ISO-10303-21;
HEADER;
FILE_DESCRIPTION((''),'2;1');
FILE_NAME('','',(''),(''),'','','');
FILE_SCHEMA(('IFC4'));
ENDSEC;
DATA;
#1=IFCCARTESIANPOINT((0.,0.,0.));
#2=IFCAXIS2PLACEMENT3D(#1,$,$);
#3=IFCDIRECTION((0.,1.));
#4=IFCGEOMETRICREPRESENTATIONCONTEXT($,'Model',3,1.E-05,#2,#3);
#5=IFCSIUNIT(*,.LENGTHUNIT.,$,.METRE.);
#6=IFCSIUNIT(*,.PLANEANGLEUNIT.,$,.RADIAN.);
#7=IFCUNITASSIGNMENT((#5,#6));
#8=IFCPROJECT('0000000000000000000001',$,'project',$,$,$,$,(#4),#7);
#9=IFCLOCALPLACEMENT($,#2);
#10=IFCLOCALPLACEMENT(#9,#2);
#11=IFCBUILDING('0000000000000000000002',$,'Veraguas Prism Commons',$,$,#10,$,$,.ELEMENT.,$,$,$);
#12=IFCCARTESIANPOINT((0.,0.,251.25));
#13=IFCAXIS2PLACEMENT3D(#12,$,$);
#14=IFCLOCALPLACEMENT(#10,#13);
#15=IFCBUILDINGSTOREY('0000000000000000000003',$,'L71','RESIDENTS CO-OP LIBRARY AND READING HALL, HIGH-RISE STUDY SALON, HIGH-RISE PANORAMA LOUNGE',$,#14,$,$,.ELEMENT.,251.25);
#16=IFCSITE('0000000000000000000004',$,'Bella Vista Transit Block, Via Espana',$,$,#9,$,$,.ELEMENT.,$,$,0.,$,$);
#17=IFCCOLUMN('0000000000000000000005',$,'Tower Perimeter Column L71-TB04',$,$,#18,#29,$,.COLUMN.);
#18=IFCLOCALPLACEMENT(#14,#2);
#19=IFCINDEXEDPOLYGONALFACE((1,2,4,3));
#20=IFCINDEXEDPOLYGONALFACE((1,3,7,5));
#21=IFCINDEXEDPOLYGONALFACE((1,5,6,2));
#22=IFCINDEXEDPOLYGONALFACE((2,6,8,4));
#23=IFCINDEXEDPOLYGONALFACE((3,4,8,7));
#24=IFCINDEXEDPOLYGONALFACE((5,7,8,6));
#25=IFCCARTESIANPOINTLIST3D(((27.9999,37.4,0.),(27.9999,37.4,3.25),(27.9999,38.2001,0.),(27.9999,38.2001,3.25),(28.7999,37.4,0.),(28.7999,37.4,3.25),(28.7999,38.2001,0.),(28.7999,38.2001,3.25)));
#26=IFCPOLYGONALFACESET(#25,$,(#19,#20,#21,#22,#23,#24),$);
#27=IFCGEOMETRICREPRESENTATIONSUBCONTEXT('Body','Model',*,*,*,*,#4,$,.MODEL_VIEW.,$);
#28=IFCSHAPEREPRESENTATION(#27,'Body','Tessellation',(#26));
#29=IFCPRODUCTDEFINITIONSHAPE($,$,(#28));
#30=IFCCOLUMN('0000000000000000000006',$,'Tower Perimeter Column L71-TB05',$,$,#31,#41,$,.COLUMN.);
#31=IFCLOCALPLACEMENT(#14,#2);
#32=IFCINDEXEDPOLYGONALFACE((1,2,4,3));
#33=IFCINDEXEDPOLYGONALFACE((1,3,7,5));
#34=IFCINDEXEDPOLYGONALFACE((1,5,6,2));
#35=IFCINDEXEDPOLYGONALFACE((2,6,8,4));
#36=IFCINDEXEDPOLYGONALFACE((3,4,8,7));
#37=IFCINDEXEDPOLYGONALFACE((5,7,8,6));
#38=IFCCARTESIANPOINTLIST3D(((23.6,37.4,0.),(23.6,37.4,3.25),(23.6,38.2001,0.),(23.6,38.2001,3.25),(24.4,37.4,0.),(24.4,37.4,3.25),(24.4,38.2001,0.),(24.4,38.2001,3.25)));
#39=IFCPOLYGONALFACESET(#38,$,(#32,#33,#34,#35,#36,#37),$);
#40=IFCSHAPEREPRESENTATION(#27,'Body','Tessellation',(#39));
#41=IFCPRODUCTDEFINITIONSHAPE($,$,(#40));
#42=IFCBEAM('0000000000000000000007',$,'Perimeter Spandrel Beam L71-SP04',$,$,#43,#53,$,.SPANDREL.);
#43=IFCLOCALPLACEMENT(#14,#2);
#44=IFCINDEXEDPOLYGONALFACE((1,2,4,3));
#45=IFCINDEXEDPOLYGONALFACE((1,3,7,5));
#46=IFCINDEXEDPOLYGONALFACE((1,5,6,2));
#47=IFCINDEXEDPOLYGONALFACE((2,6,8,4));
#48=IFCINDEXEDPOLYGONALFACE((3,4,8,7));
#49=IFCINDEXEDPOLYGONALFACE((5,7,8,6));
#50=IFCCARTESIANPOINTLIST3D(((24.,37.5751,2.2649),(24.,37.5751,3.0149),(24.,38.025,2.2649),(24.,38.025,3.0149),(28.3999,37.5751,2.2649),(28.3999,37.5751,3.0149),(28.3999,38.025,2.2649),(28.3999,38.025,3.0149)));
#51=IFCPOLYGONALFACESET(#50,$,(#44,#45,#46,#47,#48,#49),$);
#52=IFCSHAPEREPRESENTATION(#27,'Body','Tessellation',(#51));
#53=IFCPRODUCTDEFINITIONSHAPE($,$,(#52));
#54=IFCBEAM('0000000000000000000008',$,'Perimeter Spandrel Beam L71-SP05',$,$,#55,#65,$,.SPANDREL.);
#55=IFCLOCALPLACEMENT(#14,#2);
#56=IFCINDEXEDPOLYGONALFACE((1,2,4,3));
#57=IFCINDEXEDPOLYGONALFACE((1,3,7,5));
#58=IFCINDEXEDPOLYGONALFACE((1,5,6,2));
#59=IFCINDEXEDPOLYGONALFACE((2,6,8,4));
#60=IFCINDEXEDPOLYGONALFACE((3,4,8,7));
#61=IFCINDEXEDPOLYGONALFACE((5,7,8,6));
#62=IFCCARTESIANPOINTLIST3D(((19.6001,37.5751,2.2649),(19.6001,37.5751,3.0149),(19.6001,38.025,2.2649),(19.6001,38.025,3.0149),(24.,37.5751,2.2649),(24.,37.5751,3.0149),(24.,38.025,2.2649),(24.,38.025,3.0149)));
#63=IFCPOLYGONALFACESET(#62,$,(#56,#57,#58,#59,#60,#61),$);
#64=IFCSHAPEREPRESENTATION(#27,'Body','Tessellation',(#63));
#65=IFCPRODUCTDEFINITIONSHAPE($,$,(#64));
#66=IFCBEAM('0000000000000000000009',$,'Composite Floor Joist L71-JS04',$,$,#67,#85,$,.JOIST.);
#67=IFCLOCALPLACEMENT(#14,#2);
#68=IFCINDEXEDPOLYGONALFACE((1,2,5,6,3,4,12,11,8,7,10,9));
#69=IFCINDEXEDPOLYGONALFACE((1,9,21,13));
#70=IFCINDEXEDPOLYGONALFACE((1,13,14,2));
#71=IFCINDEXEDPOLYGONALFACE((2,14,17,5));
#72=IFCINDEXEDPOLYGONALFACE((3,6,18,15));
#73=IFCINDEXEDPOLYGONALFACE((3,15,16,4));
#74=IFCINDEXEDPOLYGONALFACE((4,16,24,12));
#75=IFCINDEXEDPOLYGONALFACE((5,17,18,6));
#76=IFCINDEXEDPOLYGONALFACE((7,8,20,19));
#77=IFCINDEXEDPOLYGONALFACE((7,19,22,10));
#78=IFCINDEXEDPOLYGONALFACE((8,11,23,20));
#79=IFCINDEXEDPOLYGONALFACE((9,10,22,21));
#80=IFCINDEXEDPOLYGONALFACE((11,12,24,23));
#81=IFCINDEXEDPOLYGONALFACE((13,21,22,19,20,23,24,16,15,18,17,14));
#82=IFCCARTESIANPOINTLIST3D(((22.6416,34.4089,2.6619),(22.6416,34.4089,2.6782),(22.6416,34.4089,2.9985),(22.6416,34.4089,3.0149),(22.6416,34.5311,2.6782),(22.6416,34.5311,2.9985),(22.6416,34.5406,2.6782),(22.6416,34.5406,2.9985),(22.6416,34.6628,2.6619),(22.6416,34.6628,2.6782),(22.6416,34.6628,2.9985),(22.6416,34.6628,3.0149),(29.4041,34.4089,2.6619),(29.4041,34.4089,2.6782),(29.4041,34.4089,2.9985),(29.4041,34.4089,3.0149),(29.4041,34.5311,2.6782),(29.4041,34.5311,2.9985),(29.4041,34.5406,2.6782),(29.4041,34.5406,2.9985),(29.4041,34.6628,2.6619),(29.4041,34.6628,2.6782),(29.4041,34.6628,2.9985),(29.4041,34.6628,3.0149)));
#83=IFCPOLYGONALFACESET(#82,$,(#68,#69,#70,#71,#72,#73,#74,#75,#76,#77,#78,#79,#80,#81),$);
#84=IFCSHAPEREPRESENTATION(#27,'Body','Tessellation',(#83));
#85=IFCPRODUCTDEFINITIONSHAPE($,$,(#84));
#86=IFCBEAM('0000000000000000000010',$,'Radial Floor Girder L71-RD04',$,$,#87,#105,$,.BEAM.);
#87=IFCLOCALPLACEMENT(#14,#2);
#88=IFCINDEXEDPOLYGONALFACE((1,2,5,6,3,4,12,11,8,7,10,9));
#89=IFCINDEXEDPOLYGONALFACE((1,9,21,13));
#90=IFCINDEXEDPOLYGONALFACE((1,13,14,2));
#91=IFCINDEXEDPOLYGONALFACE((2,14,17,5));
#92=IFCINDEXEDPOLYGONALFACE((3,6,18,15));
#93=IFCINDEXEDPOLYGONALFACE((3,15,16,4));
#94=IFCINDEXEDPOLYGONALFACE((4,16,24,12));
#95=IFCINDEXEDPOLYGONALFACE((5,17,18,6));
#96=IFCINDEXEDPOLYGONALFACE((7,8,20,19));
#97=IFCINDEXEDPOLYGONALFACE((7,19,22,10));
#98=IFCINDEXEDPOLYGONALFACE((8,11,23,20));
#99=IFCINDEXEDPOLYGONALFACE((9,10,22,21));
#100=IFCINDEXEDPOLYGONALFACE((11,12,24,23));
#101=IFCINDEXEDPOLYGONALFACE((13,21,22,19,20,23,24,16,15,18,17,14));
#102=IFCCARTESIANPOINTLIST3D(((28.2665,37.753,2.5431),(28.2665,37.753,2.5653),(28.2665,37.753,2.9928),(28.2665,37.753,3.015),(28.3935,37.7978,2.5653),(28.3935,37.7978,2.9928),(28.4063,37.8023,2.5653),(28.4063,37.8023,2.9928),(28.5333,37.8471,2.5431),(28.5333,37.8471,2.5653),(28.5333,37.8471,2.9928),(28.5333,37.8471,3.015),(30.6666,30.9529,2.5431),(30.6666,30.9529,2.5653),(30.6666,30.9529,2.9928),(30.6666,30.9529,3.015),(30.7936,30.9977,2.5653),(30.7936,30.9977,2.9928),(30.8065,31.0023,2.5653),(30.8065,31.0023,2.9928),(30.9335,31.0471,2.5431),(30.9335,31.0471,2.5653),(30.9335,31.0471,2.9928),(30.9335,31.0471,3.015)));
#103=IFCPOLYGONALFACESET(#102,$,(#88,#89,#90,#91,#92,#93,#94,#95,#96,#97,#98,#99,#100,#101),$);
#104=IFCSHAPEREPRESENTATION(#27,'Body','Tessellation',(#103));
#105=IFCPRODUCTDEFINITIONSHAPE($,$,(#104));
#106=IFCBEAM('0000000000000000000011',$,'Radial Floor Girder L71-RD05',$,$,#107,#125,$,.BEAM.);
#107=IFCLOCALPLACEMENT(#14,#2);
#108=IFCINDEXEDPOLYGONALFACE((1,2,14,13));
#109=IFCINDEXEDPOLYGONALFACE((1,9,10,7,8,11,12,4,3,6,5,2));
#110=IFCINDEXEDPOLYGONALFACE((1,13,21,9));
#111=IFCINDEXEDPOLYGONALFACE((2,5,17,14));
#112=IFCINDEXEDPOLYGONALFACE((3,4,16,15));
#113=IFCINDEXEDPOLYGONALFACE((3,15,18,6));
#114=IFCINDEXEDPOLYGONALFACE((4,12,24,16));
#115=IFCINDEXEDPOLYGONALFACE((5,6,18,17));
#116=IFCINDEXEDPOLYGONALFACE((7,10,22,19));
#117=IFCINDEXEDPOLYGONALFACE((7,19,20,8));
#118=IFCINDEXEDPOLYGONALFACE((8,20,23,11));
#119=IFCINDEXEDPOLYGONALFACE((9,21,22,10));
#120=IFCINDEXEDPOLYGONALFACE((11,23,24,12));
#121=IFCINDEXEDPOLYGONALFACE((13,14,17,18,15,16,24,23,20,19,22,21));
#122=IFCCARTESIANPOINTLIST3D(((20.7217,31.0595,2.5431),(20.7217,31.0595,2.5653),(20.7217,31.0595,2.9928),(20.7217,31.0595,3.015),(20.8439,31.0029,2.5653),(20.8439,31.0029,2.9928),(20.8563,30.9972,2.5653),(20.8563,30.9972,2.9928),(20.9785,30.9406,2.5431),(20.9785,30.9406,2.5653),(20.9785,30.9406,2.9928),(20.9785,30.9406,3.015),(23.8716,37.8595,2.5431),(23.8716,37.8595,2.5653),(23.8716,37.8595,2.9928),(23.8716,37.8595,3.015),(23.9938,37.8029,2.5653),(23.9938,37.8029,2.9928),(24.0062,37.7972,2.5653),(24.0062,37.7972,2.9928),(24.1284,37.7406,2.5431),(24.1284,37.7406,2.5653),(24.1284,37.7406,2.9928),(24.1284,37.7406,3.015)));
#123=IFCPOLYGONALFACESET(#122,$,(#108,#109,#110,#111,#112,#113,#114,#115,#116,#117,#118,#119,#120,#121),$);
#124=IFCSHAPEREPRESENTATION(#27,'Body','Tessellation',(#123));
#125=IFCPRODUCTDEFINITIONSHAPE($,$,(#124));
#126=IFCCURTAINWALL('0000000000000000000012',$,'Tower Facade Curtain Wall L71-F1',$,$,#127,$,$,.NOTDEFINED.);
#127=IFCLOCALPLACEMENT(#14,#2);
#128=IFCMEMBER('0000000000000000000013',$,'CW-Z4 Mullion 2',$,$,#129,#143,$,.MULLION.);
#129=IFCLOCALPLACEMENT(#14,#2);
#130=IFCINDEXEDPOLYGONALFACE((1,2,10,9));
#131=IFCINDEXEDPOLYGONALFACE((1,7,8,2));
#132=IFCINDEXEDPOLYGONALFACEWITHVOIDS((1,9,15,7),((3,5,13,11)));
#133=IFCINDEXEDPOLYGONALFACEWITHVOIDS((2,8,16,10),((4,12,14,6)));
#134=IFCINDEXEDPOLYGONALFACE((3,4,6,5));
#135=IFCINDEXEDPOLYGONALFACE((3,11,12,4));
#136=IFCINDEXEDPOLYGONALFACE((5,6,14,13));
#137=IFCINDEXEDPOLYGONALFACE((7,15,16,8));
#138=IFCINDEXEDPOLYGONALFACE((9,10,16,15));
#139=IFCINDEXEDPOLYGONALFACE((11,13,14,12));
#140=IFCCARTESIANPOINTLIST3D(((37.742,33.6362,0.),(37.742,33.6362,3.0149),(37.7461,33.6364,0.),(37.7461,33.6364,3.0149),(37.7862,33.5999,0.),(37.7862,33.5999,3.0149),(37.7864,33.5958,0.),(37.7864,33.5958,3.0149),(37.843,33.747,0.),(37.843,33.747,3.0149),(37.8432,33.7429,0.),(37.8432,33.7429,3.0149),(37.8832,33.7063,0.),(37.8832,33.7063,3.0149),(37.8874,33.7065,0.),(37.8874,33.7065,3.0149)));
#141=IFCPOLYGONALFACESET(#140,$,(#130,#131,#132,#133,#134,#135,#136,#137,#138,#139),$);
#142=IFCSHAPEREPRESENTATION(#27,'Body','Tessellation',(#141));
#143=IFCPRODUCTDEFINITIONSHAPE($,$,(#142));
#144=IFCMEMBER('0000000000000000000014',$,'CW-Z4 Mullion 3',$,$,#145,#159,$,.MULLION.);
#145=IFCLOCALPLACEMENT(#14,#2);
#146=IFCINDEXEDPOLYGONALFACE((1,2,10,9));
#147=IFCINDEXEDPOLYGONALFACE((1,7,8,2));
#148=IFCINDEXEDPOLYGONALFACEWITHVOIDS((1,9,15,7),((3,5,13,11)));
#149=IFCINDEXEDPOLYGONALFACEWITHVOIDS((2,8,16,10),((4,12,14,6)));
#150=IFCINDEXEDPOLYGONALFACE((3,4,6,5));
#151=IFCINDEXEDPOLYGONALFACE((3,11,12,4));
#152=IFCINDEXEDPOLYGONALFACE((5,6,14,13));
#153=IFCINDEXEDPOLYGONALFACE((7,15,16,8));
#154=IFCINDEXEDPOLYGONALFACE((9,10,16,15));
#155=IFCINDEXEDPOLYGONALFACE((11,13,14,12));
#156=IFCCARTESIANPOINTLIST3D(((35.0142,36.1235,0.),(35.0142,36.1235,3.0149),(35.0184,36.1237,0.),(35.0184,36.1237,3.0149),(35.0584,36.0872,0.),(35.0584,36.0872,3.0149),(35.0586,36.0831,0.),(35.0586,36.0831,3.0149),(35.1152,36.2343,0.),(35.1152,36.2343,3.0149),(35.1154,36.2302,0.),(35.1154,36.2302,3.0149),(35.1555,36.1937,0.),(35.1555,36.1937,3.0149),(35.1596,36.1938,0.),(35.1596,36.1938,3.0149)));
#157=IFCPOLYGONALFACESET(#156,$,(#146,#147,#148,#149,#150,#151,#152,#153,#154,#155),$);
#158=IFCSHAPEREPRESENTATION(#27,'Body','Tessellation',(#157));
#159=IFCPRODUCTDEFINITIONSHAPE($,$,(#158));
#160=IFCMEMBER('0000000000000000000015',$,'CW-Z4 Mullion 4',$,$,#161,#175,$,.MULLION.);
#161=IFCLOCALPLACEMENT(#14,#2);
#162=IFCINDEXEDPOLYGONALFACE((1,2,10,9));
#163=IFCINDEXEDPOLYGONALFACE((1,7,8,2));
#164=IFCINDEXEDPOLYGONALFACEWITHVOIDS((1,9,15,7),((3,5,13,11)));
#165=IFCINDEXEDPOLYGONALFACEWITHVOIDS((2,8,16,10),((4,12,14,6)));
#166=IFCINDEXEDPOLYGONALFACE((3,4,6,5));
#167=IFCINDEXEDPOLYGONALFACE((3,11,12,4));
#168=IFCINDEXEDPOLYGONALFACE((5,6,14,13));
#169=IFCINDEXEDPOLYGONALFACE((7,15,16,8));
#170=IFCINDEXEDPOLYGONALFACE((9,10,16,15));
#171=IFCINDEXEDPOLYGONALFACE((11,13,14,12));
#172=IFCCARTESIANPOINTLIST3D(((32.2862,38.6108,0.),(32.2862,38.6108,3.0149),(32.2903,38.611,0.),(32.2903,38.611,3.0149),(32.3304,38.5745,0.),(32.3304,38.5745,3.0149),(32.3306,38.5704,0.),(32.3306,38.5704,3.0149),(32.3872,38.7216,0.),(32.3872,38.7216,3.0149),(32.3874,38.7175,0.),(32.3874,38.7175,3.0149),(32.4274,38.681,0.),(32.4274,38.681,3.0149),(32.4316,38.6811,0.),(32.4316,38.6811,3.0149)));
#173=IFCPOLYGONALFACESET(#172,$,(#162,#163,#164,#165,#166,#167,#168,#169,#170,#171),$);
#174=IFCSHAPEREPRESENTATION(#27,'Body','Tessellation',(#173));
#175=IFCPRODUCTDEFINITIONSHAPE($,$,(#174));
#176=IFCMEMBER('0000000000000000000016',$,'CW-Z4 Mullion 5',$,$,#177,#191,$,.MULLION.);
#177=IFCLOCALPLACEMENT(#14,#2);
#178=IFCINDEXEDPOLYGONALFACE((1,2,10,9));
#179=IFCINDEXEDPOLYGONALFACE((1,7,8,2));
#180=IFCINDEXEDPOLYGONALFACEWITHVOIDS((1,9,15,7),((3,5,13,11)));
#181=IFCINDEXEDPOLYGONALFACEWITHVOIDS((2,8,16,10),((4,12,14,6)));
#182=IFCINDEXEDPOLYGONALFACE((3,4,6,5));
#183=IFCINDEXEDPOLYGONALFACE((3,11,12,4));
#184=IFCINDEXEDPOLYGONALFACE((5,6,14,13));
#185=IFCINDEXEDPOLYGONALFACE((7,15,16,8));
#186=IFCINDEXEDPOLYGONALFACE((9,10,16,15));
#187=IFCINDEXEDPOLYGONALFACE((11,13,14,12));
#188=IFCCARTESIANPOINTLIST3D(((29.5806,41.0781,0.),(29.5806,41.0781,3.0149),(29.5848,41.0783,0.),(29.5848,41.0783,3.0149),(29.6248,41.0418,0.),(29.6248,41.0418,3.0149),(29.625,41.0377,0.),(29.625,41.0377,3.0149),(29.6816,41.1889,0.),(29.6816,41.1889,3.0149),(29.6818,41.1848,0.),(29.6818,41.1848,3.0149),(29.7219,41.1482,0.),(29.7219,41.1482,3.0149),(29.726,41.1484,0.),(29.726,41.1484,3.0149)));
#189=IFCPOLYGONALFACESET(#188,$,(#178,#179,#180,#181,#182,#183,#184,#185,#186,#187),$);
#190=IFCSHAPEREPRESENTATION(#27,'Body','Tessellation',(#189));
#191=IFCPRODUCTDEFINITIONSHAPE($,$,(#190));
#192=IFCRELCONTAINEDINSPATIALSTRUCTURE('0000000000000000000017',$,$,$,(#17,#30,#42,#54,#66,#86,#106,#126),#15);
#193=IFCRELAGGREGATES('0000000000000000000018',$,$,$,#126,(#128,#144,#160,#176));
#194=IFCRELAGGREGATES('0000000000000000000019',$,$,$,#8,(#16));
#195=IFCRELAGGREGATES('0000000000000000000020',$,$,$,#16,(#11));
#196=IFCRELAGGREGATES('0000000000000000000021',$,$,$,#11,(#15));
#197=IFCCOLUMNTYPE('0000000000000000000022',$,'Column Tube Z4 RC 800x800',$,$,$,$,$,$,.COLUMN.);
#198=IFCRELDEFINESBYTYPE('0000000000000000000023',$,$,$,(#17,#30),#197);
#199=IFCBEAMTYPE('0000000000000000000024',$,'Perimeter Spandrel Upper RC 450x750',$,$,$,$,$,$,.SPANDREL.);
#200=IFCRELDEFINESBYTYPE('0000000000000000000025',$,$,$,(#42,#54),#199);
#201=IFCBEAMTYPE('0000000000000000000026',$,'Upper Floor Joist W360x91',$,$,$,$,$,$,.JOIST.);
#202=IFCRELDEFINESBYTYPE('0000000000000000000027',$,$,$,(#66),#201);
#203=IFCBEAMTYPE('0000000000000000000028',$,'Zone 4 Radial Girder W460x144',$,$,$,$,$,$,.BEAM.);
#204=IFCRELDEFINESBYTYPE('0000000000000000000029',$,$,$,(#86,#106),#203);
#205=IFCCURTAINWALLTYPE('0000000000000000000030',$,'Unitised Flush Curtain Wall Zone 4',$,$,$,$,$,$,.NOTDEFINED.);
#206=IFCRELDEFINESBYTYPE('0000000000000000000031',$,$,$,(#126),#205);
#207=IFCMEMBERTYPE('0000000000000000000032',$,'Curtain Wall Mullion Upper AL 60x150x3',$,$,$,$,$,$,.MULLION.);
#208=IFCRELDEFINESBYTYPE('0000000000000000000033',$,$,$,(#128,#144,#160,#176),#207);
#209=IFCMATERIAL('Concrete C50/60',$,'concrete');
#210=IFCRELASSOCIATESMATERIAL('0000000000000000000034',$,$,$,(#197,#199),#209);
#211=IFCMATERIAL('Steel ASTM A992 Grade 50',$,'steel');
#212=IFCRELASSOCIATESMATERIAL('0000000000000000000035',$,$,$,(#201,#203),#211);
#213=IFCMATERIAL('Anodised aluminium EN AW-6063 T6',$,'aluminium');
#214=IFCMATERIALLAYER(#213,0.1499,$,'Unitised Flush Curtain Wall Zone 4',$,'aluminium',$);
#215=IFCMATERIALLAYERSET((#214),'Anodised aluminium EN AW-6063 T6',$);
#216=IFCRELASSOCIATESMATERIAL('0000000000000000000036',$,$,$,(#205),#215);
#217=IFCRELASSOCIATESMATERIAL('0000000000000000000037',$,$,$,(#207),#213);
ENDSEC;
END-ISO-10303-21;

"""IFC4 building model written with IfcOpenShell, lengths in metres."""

from ifc_helpers import new_model, si_unit, direction, frame, origin, origin_2d, place, context, subcontext, project, spatial, rectangle, hollow_rectangle, i_section, extrude, source, transform, mapped, material, layer, layer_set, material_profile, profile_set, type_object, element, aggregate, save


model = new_model("IFC4")

# Units and contexts
model_context = context("Model", 3, precision=1e-05, world=origin(), true_north=direction((0.0, 1.0)))
body_context = subcontext(model_context, "Body", "Model", "MODEL_VIEW")
ifc_project = project(units=[si_unit("LENGTHUNIT", "METRE"), si_unit("PLANEANGLEUNIT", "RADIAN")], contexts=[model_context])

# Site, building, storey
site_placement = place(None, origin())
site = spatial("IfcSite", under=ifc_project, at=site_placement, Name="Bella Vista Transit Block, Via Espana", CompositionType="ELEMENT", RefElevation=0.0)
building_placement = place(site_placement, origin())
building = spatial("IfcBuilding", under=site, at=building_placement, Name="Veraguas Prism Commons", CompositionType="ELEMENT")
storey_placement = place(building_placement, frame((0.0, 0.0, 251.25)))
storey = spatial("IfcBuildingStorey", under=building, at=storey_placement, Name="L71", Description="RESIDENTS CO-OP LIBRARY AND READING HALL, HIGH-RISE STUDY SALON, HIGH-RISE PANORAMA LOUNGE", CompositionType="ELEMENT", Elevation=251.25)

# Columns
ifc_material_1 = material(Name="Concrete C50/60", Category="concrete")
ifc_material_profile_1 = material_profile(ifc_material_1, rectangle(XDim=0.8, YDim=0.8, at=origin_2d()), Name="RC800X800")
ifc_profile_set_1 = profile_set([ifc_material_profile_1], Name="Concrete C50/60")
column_type = type_object("IfcColumnType", Name="Column Tube Z4 RC 800x800", PredefinedType="COLUMN", material=ifc_profile_set_1)
for number, where, z_axis, x_axis, name in (
    (1, (28.3999, 37.8, 0.0), (0.0, 0.0, 1.0), (1.0, 0.0, 0.0), "Tower Perimeter Column L71-TB04"),
    (2, (24.0, 37.8, 0.0), (0.0, 0.0, 1.0), (1.0, 0.0, 0.0), "Tower Perimeter Column L71-TB05"),
):
    element("IfcColumn", number, at=place(storey_placement, frame(where, z_axis=z_axis, x_axis=x_axis)), inside=storey, type_object=column_type, Name=name, PredefinedType="COLUMN", context=body_context, shape_type="SweptSolid", body=[
        extrude(rectangle(XDim=0.8, YDim=0.8, at=origin_2d()), origin(), (0.0, 0.0, 1.0), 3.25),
    ])

# Beams
ifc_material_profile_2 = material_profile(ifc_material_1, rectangle(XDim=0.45, YDim=0.75, at=origin_2d()), Name="RC450X750")
ifc_profile_set_2 = profile_set([ifc_material_profile_2], Name="Concrete C50/60")
beam_type_1 = type_object("IfcBeamType", Name="Perimeter Spandrel Upper RC 450x750", PredefinedType="SPANDREL", material=ifc_profile_set_2)
for number, where, z_axis, x_axis, name in (
    (3, (28.3999, 37.8, 2.6399), (-1.0, 0.0, 0.0), (0.0, -1.0, 0.0), "Perimeter Spandrel Beam L71-SP04"),
    (4, (24.0, 37.8, 2.6399), (-1.0, 0.0, 0.0), (0.0, -1.0, 0.0), "Perimeter Spandrel Beam L71-SP05"),
):
    element("IfcBeam", number, at=place(storey_placement, frame(where, z_axis=z_axis, x_axis=x_axis)), inside=storey, type_object=beam_type_1, Name=name, PredefinedType="SPANDREL", context=body_context, shape_type="SweptSolid", body=[
        extrude(rectangle(XDim=0.45, YDim=0.75, at=origin_2d()), origin(), (0.0, 0.0, 1.0), 4.3999),
    ])
ifc_material_2 = material(Name="Steel ASTM A992 Grade 50", Category="steel")
ifc_material_profile_3 = material_profile(ifc_material_2, i_section(OverallWidth=0.2539, OverallDepth=0.353, WebThickness=0.0095, FlangeThickness=0.0164, at=origin_2d()), Name="W360X91")
ifc_profile_set_3 = profile_set([ifc_material_profile_3], Name="Steel ASTM A992 Grade 50")
beam_type_2 = type_object("IfcBeamType", Name="Upper Floor Joist W360x91", PredefinedType="JOIST", material=ifc_profile_set_3)
beam_1_placement = place(storey_placement, frame((29.4041, 34.5359, 2.8384), z_axis=(-1.0, 0.0, 0.0), x_axis=(0.0, -1.0, 0.0)))
element("IfcBeam", 5, at=beam_1_placement, inside=storey, type_object=beam_type_2, Name="Composite Floor Joist L71-JS04", PredefinedType="JOIST", context=body_context, shape_type="SweptSolid", body=[
    extrude(i_section(OverallWidth=0.2539, OverallDepth=0.353, WebThickness=0.0095, FlangeThickness=0.0164, at=origin_2d()), origin(), (0.0, 0.0, 1.0), 6.7625),
])
ifc_material_profile_4 = material_profile(ifc_material_2, i_section(OverallWidth=0.283, OverallDepth=0.4719, WebThickness=0.0137, FlangeThickness=0.0222, at=origin_2d()), Name="W460X144")
ifc_profile_set_4 = profile_set([ifc_material_profile_4], Name="Steel ASTM A992 Grade 50")
beam_type_3 = type_object("IfcBeamType", Name="Zone 4 Radial Girder W460x144", PredefinedType="BEAM", material=ifc_profile_set_4)
beam_2_placement = place(storey_placement, frame((28.3999, 37.8, 2.7791), z_axis=(0.332836, -0.942985, 0.0), x_axis=(0.942985, 0.332836, 0.0)))
element("IfcBeam", 6, at=beam_2_placement, inside=storey, type_object=beam_type_3, Name="Radial Floor Girder L71-RD04", PredefinedType="BEAM", context=body_context, shape_type="SweptSolid", body=[
    extrude(i_section(OverallWidth=0.283, OverallDepth=0.4719, WebThickness=0.0137, FlangeThickness=0.0222, at=origin_2d()), origin(), (0.0, 0.0, 1.0), 7.2112),
])
beam_3_placement = place(storey_placement, frame((24.0, 37.8, 2.7791), z_axis=(-0.420314, -0.907379, 0.0), x_axis=(0.907379, -0.420314, 0.0)))
element("IfcBeam", 7, at=beam_3_placement, inside=storey, type_object=beam_type_3, Name="Radial Floor Girder L71-RD05", PredefinedType="BEAM", context=body_context, shape_type="SweptSolid", body=[
    extrude(i_section(OverallWidth=0.283, OverallDepth=0.4719, WebThickness=0.0137, FlangeThickness=0.0222, at=origin_2d()), origin(), (0.0, 0.0, 1.0), 7.4941),
])

# Curtain wall, members
ifc_material_3 = material(Name="Anodised aluminium EN AW-6063 T6", Category="aluminium")
ifc_layer_1 = layer(ifc_material_3, 0.1499, Name="Unitised Flush Curtain Wall Zone 4", Category="aluminium")
ifc_layer_set_1 = layer_set([ifc_layer_1], Name="Anodised aluminium EN AW-6063 T6")
curtain_wall_type = type_object("IfcCurtainWallType", Name="Unitised Flush Curtain Wall Zone 4", PredefinedType="NOTDEFINED", material=ifc_layer_set_1)
curtain_wall_1_placement = place(storey_placement, origin())
curtain_wall_1 = element("IfcCurtainWall", 8, at=curtain_wall_1_placement, inside=storey, type_object=curtain_wall_type, Name="Tower Facade Curtain Wall L71-F1", PredefinedType="NOTDEFINED")
ifc_material_profile_5 = material_profile(ifc_material_3, hollow_rectangle(XDim=0.0601, YDim=0.1499, WallThickness=0.0029, at=origin_2d()), Name="AL60X150X3")
ifc_profile_set_5 = profile_set([ifc_material_profile_5], Name="Anodised aluminium EN AW-6063 T6")
member_type_1 = type_object("IfcMemberType", Name="Curtain Wall Mullion Upper AL 60x150x3", PredefinedType="MULLION", material=ifc_profile_set_5)
shared_shape_1 = source(origin(), body_context, "Body", "SweptSolid", [
    extrude(hollow_rectangle(XDim=0.0601, YDim=0.1499, WallThickness=0.0029, at=origin_2d()), origin(), (0.0, 0.0, 1.0), 3.0149),
])
member_1_placement = place(storey_placement, frame((37.8147, 33.6714, 0.0), z_axis=(0.0, 0.0, 1.0), x_axis=(-0.738926, 0.673787, 0.0)))
member_1 = element("IfcMember", 9, at=member_1_placement, type_object=member_type_1, Name="CW-Z4 Mullion 2", PredefinedType="MULLION", context=body_context, shape_type="MappedRepresentation", body=[
    mapped(shared_shape_1, transform((0.0, 0.0, 0.0), scale=1.0)),
])
member_2_placement = place(storey_placement, frame((35.0869, 36.1587, 0.0), z_axis=(0.0, 0.0, 1.0), x_axis=(-0.738926, 0.673787, 0.0)))
member_2 = element("IfcMember", 10, at=member_2_placement, type_object=member_type_1, Name="CW-Z4 Mullion 3", PredefinedType="MULLION", context=body_context, shape_type="MappedRepresentation", body=[
    mapped(shared_shape_1, transform((0.0, 0.0, 0.0), scale=1.0)),
])
member_3_placement = place(storey_placement, frame((32.3589, 38.646, 0.0), z_axis=(0.0, 0.0, 1.0), x_axis=(-0.738926, 0.673787, 0.0)))
member_3 = element("IfcMember", 11, at=member_3_placement, type_object=member_type_1, Name="CW-Z4 Mullion 4", PredefinedType="MULLION", context=body_context, shape_type="MappedRepresentation", body=[
    mapped(shared_shape_1, transform((0.0, 0.0, 0.0), scale=1.0)),
])
member_4_placement = place(storey_placement, frame((29.6533, 41.1133, 0.0), z_axis=(0.0, 0.0, 1.0), x_axis=(-0.738926, 0.673787, 0.0)))
member_4 = element("IfcMember", 12, at=member_4_placement, type_object=member_type_1, Name="CW-Z4 Mullion 5", PredefinedType="MULLION", context=body_context, shape_type="MappedRepresentation", body=[
    mapped(shared_shape_1, transform((0.0, 0.0, 0.0), scale=1.0)),
])

aggregate(curtain_wall_1, [member_1, member_2, member_3, member_4])

save(model, "model.ifc")
